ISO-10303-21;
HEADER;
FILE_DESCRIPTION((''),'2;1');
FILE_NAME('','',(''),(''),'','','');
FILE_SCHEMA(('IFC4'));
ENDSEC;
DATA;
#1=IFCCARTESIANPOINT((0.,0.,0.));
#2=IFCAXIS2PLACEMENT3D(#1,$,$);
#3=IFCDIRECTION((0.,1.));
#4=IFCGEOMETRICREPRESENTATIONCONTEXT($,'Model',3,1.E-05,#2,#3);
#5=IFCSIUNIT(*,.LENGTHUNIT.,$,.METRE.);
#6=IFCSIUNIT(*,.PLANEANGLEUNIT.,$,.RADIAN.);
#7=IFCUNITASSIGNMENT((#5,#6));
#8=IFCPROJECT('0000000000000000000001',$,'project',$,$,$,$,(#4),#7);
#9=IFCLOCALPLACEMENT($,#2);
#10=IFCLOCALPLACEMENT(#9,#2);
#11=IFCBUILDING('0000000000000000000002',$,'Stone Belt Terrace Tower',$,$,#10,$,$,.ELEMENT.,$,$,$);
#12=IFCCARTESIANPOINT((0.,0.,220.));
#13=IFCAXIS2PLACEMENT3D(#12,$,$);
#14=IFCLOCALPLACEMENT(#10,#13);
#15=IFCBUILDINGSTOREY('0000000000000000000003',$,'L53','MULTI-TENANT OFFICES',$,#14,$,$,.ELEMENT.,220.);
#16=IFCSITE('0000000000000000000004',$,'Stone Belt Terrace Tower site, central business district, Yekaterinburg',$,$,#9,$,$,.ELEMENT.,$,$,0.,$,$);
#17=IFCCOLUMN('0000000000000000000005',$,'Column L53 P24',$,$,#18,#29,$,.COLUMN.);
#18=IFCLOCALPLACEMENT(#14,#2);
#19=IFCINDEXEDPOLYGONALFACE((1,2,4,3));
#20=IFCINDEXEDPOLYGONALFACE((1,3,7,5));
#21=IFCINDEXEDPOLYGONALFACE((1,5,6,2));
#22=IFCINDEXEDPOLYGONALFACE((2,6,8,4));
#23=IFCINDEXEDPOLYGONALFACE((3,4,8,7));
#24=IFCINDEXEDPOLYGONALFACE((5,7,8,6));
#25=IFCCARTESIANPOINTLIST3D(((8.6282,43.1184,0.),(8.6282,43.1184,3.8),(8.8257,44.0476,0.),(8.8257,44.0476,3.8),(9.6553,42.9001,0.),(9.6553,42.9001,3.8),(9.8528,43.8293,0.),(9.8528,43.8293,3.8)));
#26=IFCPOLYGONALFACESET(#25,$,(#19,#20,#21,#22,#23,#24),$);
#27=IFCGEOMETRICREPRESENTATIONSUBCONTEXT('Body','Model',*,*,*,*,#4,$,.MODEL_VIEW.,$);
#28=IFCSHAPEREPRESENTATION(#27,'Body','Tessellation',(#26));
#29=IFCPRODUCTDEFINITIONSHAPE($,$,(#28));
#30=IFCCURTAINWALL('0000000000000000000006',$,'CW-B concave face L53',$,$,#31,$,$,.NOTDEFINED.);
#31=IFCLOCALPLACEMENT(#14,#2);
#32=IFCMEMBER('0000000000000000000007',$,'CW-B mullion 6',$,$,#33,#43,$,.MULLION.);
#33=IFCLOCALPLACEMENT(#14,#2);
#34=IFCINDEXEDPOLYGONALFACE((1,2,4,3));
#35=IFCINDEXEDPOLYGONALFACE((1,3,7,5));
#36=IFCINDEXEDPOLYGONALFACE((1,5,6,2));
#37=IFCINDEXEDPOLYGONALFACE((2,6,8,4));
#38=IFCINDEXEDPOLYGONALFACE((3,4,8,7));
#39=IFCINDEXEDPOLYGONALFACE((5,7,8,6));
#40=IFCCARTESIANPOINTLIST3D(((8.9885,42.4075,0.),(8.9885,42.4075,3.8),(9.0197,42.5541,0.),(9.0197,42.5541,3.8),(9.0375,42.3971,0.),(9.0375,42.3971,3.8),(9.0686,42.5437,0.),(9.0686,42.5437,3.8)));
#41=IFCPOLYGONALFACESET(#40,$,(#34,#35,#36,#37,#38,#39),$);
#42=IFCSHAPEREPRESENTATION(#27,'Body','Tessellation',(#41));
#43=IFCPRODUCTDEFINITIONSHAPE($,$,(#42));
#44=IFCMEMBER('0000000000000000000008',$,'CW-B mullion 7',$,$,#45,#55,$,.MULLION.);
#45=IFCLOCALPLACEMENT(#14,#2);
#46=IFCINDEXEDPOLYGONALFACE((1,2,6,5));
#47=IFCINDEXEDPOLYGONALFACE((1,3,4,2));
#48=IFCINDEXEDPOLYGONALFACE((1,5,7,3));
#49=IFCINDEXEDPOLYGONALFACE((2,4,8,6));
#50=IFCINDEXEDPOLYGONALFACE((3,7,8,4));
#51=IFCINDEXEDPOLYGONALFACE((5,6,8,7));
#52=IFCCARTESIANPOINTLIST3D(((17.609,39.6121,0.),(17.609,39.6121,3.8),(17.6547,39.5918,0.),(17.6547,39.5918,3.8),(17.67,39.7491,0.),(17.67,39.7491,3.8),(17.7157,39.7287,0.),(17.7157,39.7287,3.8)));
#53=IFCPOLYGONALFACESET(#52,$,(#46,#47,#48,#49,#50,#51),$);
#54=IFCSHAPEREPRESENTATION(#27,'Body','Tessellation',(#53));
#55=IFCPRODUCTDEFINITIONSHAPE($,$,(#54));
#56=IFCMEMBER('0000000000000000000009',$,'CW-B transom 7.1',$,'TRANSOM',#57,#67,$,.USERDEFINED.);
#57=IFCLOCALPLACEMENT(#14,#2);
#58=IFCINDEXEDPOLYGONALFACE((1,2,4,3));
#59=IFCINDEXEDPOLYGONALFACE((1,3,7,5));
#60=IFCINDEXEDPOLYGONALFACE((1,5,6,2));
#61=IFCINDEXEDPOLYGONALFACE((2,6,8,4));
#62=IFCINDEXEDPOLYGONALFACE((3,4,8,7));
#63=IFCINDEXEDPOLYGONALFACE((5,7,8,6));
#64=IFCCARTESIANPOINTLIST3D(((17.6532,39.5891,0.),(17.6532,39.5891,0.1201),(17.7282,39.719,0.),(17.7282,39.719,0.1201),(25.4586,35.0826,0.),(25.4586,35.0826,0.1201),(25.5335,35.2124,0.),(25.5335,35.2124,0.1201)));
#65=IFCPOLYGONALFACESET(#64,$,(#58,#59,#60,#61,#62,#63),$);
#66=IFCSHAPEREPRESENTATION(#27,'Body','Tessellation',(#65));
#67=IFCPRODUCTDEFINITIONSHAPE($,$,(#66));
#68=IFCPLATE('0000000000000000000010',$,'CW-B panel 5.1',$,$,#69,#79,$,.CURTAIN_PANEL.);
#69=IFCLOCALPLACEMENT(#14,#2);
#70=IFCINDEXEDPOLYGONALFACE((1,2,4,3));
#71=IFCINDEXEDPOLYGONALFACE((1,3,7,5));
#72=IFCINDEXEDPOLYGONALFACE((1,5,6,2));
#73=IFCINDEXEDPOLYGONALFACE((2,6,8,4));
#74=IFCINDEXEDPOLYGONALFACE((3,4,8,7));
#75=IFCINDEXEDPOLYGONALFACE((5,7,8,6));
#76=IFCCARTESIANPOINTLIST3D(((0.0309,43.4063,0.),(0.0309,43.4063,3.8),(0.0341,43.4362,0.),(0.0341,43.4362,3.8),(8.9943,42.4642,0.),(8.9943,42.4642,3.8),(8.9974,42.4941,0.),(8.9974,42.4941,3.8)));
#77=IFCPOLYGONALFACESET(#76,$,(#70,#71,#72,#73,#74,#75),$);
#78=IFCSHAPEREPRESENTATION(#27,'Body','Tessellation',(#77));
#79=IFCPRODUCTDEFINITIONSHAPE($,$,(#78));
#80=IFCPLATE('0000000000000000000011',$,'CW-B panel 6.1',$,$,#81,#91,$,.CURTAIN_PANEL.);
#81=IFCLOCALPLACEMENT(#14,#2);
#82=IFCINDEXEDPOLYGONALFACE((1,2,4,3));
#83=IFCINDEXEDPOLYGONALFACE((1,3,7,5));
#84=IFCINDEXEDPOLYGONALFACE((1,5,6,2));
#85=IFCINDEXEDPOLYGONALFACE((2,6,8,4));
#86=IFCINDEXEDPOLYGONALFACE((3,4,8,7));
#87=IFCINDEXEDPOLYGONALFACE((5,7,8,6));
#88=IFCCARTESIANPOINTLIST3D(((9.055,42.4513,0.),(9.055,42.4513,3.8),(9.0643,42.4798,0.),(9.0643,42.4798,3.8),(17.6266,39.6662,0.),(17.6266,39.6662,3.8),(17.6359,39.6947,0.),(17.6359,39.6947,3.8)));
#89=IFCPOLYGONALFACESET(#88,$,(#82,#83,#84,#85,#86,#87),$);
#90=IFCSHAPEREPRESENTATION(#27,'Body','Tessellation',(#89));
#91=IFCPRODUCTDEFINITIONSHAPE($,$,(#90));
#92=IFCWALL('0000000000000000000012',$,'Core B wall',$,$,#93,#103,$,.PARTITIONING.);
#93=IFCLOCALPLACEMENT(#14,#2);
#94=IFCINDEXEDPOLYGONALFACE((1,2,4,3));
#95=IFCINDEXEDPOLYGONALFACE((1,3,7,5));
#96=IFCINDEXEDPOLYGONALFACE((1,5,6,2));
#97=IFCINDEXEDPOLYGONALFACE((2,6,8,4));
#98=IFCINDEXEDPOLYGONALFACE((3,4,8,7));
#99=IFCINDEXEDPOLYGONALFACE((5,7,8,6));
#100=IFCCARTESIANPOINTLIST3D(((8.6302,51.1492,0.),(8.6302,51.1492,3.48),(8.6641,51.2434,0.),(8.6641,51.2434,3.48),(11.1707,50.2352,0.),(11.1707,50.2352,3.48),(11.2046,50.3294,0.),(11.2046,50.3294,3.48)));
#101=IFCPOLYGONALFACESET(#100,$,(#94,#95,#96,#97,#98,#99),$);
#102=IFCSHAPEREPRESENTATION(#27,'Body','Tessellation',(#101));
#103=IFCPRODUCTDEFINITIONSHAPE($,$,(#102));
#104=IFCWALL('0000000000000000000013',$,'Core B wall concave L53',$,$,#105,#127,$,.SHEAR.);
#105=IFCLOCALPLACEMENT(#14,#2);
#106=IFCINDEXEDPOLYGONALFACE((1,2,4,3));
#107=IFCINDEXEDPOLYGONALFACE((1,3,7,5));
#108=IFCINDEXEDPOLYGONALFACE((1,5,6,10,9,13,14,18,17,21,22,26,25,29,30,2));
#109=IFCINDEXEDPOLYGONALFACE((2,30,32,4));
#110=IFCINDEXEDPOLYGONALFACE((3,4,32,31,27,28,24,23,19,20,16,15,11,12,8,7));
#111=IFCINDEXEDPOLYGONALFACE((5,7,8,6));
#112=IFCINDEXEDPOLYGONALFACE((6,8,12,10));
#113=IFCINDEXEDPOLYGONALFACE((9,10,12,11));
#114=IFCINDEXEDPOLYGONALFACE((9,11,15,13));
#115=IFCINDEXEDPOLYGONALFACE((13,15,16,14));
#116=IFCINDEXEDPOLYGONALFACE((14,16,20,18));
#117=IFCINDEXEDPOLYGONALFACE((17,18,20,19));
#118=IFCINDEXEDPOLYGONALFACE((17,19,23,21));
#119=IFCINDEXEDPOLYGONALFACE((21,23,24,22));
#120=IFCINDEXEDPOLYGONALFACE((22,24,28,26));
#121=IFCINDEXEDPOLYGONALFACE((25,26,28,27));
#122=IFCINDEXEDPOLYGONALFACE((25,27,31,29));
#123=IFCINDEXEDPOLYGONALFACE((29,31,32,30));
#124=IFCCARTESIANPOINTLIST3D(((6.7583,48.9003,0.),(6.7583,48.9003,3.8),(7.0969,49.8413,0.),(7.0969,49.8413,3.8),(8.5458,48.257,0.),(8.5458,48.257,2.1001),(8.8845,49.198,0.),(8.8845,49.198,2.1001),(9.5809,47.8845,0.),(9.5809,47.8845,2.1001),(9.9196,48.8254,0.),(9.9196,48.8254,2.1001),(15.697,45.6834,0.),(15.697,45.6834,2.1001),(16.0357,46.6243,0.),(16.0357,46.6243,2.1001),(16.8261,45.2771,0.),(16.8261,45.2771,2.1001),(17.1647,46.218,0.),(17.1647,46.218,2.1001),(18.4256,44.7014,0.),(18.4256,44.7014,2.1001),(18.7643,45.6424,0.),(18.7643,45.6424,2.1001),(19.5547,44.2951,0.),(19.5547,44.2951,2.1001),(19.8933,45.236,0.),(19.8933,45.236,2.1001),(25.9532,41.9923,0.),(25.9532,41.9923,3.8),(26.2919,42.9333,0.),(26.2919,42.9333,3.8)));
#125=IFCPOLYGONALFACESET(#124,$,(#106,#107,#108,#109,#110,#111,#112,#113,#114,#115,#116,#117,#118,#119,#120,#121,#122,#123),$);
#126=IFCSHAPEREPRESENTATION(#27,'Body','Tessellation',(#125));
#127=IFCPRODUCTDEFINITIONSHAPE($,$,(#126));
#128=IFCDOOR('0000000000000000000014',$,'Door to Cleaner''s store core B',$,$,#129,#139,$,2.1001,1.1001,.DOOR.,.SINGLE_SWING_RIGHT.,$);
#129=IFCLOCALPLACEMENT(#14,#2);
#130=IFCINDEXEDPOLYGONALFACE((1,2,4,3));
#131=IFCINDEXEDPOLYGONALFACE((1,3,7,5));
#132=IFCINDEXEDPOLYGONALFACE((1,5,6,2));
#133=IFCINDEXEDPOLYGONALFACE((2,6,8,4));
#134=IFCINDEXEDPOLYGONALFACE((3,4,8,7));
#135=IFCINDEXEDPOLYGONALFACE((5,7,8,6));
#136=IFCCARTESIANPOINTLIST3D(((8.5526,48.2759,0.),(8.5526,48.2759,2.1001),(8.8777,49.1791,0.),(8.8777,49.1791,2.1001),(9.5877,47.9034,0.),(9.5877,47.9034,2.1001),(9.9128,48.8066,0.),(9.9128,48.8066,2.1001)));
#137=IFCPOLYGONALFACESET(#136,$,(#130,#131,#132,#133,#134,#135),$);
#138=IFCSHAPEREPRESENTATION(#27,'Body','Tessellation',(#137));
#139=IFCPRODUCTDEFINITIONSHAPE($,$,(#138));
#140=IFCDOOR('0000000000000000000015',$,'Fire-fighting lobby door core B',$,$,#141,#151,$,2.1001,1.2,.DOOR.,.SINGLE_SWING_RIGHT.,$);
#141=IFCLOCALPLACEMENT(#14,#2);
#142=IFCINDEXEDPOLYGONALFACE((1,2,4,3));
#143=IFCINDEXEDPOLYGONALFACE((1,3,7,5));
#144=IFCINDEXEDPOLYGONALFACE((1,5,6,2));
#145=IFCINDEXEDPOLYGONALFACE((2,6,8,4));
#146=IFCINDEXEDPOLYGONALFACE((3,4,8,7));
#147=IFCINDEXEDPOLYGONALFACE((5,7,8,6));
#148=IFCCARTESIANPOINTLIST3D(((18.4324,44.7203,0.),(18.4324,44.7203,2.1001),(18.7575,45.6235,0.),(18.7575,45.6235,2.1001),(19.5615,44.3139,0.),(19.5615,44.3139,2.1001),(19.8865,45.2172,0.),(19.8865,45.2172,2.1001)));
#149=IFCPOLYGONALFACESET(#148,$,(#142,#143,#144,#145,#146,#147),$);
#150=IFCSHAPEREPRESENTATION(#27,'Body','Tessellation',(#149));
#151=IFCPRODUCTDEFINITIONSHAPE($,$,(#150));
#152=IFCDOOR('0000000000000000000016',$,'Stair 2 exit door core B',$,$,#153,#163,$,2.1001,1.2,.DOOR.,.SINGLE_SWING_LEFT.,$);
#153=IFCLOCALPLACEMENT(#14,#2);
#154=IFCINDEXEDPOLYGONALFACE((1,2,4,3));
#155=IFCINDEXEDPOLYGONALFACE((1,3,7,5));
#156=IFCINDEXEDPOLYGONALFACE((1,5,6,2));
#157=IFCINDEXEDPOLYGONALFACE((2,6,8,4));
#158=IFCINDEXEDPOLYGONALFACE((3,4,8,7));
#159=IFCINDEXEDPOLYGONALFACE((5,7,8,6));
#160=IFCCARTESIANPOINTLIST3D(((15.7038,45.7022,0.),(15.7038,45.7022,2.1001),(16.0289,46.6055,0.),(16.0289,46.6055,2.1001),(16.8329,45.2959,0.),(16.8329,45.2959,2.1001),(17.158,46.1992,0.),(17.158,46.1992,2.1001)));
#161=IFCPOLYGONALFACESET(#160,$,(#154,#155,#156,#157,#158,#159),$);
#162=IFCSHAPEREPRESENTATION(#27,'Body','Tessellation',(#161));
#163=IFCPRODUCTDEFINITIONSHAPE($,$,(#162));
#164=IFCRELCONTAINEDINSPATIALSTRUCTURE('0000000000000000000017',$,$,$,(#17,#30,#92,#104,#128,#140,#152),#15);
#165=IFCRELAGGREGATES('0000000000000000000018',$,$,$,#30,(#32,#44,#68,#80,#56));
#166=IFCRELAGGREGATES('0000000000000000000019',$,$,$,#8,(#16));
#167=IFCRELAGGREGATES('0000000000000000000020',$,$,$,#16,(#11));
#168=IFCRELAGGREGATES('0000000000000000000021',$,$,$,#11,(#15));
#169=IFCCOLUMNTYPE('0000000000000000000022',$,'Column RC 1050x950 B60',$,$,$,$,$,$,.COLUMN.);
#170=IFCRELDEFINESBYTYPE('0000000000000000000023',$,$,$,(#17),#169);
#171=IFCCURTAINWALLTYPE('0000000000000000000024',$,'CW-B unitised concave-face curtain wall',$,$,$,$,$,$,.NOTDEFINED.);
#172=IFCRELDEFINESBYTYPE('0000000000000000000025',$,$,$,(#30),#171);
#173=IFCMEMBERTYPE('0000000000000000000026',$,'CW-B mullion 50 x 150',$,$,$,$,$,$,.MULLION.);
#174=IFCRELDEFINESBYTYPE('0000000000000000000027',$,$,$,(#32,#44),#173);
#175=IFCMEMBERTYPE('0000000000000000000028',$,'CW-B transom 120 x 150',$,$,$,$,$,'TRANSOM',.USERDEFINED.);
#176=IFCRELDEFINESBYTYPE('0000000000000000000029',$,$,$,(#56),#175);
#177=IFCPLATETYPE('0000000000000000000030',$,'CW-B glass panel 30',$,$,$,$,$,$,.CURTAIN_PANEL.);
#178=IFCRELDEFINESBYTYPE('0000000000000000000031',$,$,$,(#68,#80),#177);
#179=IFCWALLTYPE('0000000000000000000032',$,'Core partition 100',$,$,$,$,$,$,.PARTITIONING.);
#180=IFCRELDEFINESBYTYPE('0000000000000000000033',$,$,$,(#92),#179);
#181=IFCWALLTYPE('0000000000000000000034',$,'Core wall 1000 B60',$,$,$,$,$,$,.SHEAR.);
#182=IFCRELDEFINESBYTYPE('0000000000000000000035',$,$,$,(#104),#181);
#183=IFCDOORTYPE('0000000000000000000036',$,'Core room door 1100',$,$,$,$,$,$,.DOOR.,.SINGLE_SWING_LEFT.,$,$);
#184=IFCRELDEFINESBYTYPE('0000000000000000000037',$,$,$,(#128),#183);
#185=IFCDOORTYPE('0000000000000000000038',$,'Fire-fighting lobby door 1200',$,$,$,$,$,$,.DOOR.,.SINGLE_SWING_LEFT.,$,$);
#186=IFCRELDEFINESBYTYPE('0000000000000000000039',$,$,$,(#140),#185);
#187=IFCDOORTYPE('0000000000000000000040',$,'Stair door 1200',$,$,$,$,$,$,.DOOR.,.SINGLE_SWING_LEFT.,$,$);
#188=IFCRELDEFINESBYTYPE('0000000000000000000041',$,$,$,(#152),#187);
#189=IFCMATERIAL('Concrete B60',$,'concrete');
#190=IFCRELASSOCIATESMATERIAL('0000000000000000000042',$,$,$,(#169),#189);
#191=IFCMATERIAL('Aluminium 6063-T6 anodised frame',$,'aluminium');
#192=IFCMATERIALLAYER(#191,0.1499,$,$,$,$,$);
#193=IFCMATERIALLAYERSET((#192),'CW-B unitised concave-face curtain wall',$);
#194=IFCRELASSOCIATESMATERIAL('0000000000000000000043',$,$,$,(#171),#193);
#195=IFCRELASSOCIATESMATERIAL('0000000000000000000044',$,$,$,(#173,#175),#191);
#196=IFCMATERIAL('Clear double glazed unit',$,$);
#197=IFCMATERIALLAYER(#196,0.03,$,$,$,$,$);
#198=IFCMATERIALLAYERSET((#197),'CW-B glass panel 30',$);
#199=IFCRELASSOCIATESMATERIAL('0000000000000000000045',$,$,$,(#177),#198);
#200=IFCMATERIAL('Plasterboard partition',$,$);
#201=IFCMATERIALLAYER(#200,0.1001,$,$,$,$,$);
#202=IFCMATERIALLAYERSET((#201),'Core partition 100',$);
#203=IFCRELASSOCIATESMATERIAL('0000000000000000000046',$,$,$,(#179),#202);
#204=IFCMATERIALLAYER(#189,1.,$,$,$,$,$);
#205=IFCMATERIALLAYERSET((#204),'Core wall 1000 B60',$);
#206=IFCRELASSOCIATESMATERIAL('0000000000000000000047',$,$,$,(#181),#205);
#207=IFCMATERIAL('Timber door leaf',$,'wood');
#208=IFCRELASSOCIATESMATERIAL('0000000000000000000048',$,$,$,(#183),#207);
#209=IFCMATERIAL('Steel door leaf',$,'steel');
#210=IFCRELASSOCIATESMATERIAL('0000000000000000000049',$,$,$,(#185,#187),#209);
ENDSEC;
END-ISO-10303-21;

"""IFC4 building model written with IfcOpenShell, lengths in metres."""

from ifc_helpers import new_model, si_unit, direction, frame, frame_2d, origin, origin_2d, place, context, subcontext, project, spatial, rectangle, extrude, material, layer, layer_set, material_profile, profile_set, type_object, element, fill, aggregate, save


model = new_model("IFC4")

# Units and contexts
model_context = context("Model", 3, precision=1e-05, world=origin(), true_north=direction((0.0, 1.0)))
body_context = subcontext(model_context, "Body", "Model", "MODEL_VIEW")
ifc_project = project(units=[si_unit("LENGTHUNIT", "METRE"), si_unit("PLANEANGLEUNIT", "RADIAN")], contexts=[model_context])

# Site, building, storey
site_placement = place(None, origin())
site = spatial("IfcSite", under=ifc_project, at=site_placement, Name="Stone Belt Terrace Tower site, central business district, Yekaterinburg", CompositionType="ELEMENT", RefElevation=0.0)
building_placement = place(site_placement, origin())
building = spatial("IfcBuilding", under=site, at=building_placement, Name="Stone Belt Terrace Tower", CompositionType="ELEMENT")
storey_placement = place(building_placement, frame((0.0, 0.0, 220.0)))
storey = spatial("IfcBuildingStorey", under=building, at=storey_placement, Name="L53", Description="MULTI-TENANT OFFICES", CompositionType="ELEMENT", Elevation=220.0)

# Column
ifc_material_1 = material(Name="Concrete B60", Category="concrete")
ifc_material_profile_1 = material_profile(ifc_material_1, rectangle(XDim=1.05, YDim=0.95, at=origin_2d()), Name="RC 1050x950")
ifc_profile_set_1 = profile_set([ifc_material_profile_1], Name="Concrete B60")
column_type = type_object("IfcColumnType", Name="Column RC 1050x950 B60", PredefinedType="COLUMN", material=ifc_profile_set_1)
column_placement = place(storey_placement, frame((9.2405, 43.4739, 0.0), z_axis=(0.0, 0.0, 1.0), x_axis=(0.978148, -0.207912, 0.0)))
element("IfcColumn", 1, at=column_placement, inside=storey, type_object=column_type, Name="Column L53 P24", PredefinedType="COLUMN", context=body_context, shape_type="SweptSolid", body=[
    extrude(rectangle(XDim=1.05, YDim=0.95, at=origin_2d()), origin(), (0.0, 0.0, 1.0), 3.8),
])

# Curtain wall, members, plates
ifc_material_2 = material(Name="Aluminium 6063-T6 anodised frame", Category="aluminium")
ifc_layer_1 = layer(ifc_material_2, 0.1499)
ifc_layer_set_1 = layer_set([ifc_layer_1], Name="CW-B unitised concave-face curtain wall")
curtain_wall_type = type_object("IfcCurtainWallType", Name="CW-B unitised concave-face curtain wall", PredefinedType="NOTDEFINED", material=ifc_layer_set_1)
curtain_wall_placement = place(storey_placement, origin())
curtain_wall = element("IfcCurtainWall", 2, at=curtain_wall_placement, inside=storey, type_object=curtain_wall_type, Name="CW-B concave face L53", PredefinedType="NOTDEFINED")
ifc_material_profile_2 = material_profile(ifc_material_2, rectangle(XDim=0.1499, YDim=0.05, at=origin_2d()), Name="Aluminium 6063-T6 50x150")
ifc_profile_set_2 = profile_set([ifc_material_profile_2], Name="Aluminium 6063-T6 anodised frame")
member_type_1 = type_object("IfcMemberType", Name="CW-B mullion 50 x 150", PredefinedType="MULLION", material=ifc_profile_set_2)
member_1_placement = place(storey_placement, frame((9.0286, 42.4756, 0.0), z_axis=(0.0, 0.0, 1.0), x_axis=(0.207912, 0.978148, 0.0)))
member_1 = element("IfcMember", 3, at=member_1_placement, type_object=member_type_1, Name="CW-B mullion 6", PredefinedType="MULLION", context=body_context, shape_type="SweptSolid", body=[
    extrude(rectangle(XDim=0.1499, YDim=0.05, at=origin_2d()), origin(), (0.0, 0.0, 1.0), 3.8),
])
member_2_placement = place(storey_placement, frame((17.6624, 39.6704, 0.0), z_axis=(0.0, 0.0, 1.0), x_axis=(0.406737, 0.913545, 0.0)))
member_2 = element("IfcMember", 4, at=member_2_placement, type_object=member_type_1, Name="CW-B mullion 7", PredefinedType="MULLION", context=body_context, shape_type="SweptSolid", body=[
    extrude(rectangle(XDim=0.1499, YDim=0.05, at=origin_2d()), origin(), (0.0, 0.0, 1.0), 3.8),
])
ifc_material_profile_3 = material_profile(ifc_material_2, rectangle(XDim=0.1499, YDim=0.1201, at=origin_2d()), Name="Aluminium 6063-T6 150x120")
ifc_profile_set_3 = profile_set([ifc_material_profile_3], Name="Aluminium 6063-T6 anodised frame")
member_type_2 = type_object("IfcMemberType", Name="CW-B transom 120 x 150", ElementType="TRANSOM", PredefinedType="USERDEFINED", material=ifc_profile_set_3)
member_3_placement = place(storey_placement, frame((17.6907, 39.6541, 0.0601), z_axis=(0.866019, -0.500011, 0.0), x_axis=(0.500011, 0.866019, 0.0)))
member_3 = element("IfcMember", 5, at=member_3_placement, type_object=member_type_2, Name="CW-B transom 7.1", ObjectType="TRANSOM", PredefinedType="USERDEFINED", context=body_context, shape_type="SweptSolid", body=[
    extrude(rectangle(XDim=0.1499, YDim=0.1201, at=origin_2d()), origin(), (0.0, 0.0, 1.0), 9.0129),
])
ifc_material_3 = material(Name="Clear double glazed unit")
ifc_layer_2 = layer(ifc_material_3, 0.03)
ifc_layer_set_2 = layer_set([ifc_layer_2], Name="CW-B glass panel 30")
plate_type = type_object("IfcPlateType", Name="CW-B glass panel 30", PredefinedType="CURTAIN_PANEL", material=ifc_layer_set_2)
plate_1_placement = place(storey_placement, frame((4.5142, 42.9502, 0.0), z_axis=(0.0, 0.0, 1.0), x_axis=(0.994522, -0.104528, 0.0)))
plate_1 = element("IfcPlate", 6, at=plate_1_placement, type_object=plate_type, Name="CW-B panel 5.1", PredefinedType="CURTAIN_PANEL", context=body_context, shape_type="SweptSolid", body=[
    extrude(rectangle(XDim=9.0127, YDim=0.03, at=origin_2d()), origin(), (0.0, 0.0, 1.0), 3.8),
])
plate_2_placement = place(storey_placement, frame((13.3455, 41.073, 0.0), z_axis=(0.0, 0.0, 1.0), x_axis=(0.951057, -0.309017, 0.0)))
plate_2 = element("IfcPlate", 7, at=plate_2_placement, type_object=plate_type, Name="CW-B panel 6.1", PredefinedType="CURTAIN_PANEL", context=body_context, shape_type="SweptSolid", body=[
    extrude(rectangle(XDim=9.0127, YDim=0.03, at=origin_2d()), origin(), (0.0, 0.0, 1.0), 3.8),
])
aggregate(curtain_wall, [member_1, member_2, plate_1, plate_2, member_3])

# Wall
ifc_material_4 = material(Name="Plasterboard partition")
ifc_layer_3 = layer(ifc_material_4, 0.1001)
ifc_layer_set_3 = layer_set([ifc_layer_3], Name="Core partition 100")
wall_type_1 = type_object("IfcWallType", Name="Core partition 100", PredefinedType="PARTITIONING", material=ifc_layer_set_3)
wall_1_placement = place(storey_placement, frame((11.1877, 50.2822, 0.0), z_axis=(0.0, 0.0, 1.0), x_axis=(-0.94095, 0.338547, 0.0)))
element("IfcWall", 8, at=wall_1_placement, inside=storey, type_object=wall_type_1, Name="Core B wall", PredefinedType="PARTITIONING", context=body_context, shape_type="SweptSolid", body=[
    extrude(rectangle(XDim=2.7, YDim=0.1001, at=frame_2d((1.3501, 0.0))), origin(), (0.0, 0.0, 1.0), 3.48),
])

# Wall, openings, doors
ifc_layer_4 = layer(ifc_material_1, 1.0)
ifc_layer_set_4 = layer_set([ifc_layer_4], Name="Core wall 1000 B60")
wall_type_2 = type_object("IfcWallType", Name="Core wall 1000 B60", PredefinedType="SHEAR", material=ifc_layer_set_4)
wall_2_placement = place(storey_placement, frame((6.9275, 49.3708, 0.0), z_axis=(0.0, 0.0, 1.0), x_axis=(0.940921, -0.338625, 0.0)))
wall_2 = element("IfcWall", 9, at=wall_2_placement, inside=storey, type_object=wall_type_2, Name="Core B wall concave L53", PredefinedType="SHEAR", context=body_context, shape_type="SweptSolid", body=[
    extrude(rectangle(XDim=20.4001, YDim=1.0, at=frame_2d((10.2002, 0.0))), origin(), (0.0, 0.0, 1.0), 3.8),
])
opening_1_placement = place(wall_2_placement, frame((12.3999, 0.0, 0.0)))
opening_1 = element("IfcOpeningElement", 10, at=opening_1_placement, cuts=wall_2, PredefinedType="OPENING", context=body_context, shape_type="SweptSolid", body=[
    extrude(rectangle(XDim=1.2, YDim=2.1001, at=frame_2d((0.6001, 1.05))), frame((0.0, 0.51, 0.0), z_axis=(0.0, -1.0, 0.0), x_axis=(1.0, 0.0, 0.0)), (0.0, 0.0, 1.0), 1.02),
])
opening_2_placement = place(wall_2_placement, frame((9.5, 0.0, 0.0)))
opening_2 = element("IfcOpeningElement", 11, at=opening_2_placement, cuts=wall_2, PredefinedType="OPENING", context=body_context, shape_type="SweptSolid", body=[
    extrude(rectangle(XDim=1.2, YDim=2.1001, at=frame_2d((0.6001, 1.05))), frame((0.0, 0.51, 0.0), z_axis=(0.0, -1.0, 0.0), x_axis=(1.0, 0.0, 0.0)), (0.0, 0.0, 1.0), 1.02),
])
opening_3_placement = place(wall_2_placement, frame((1.8999, 0.0, 0.0)))
opening_3 = element("IfcOpeningElement", 12, at=opening_3_placement, cuts=wall_2, PredefinedType="OPENING", context=body_context, shape_type="SweptSolid", body=[
    extrude(rectangle(XDim=1.1001, YDim=2.1001, at=frame_2d((0.55, 1.05))), frame((0.0, 0.51, 0.0), z_axis=(0.0, -1.0, 0.0), x_axis=(1.0, 0.0, 0.0)), (0.0, 0.0, 1.0), 1.02),
])
ifc_material_5 = material(Name="Timber door leaf", Category="wood")
door_type_1 = type_object("IfcDoorType", Name="Core room door 1100", OperationType="SINGLE_SWING_LEFT", PredefinedType="DOOR", material=ifc_material_5)
door_1_placement = place(opening_3_placement, origin())
door_1 = element("IfcDoor", 13, at=door_1_placement, inside=storey, type_object=door_type_1, Name="Door to Cleaner's store core B", OperationType="SINGLE_SWING_RIGHT", OverallHeight=2.1001, OverallWidth=1.1001, PredefinedType="DOOR", context=body_context, shape_type="SweptSolid", body=[
    extrude(rectangle(XDim=1.1001, YDim=2.1001, at=frame_2d((0.55, 1.05))), frame((0.0, 0.48, 0.0), z_axis=(0.0, -1.0, 0.0), x_axis=(1.0, 0.0, 0.0)), (0.0, 0.0, 1.0), 0.96),
])
fill(opening_3, door_1)
ifc_material_6 = material(Name="Steel door leaf", Category="steel")
door_type_2 = type_object("IfcDoorType", Name="Fire-fighting lobby door 1200", OperationType="SINGLE_SWING_LEFT", PredefinedType="DOOR", material=ifc_material_6)
door_2_placement = place(opening_1_placement, origin())
door_2 = element("IfcDoor", 14, at=door_2_placement, inside=storey, type_object=door_type_2, Name="Fire-fighting lobby door core B", OperationType="SINGLE_SWING_RIGHT", OverallHeight=2.1001, OverallWidth=1.2, PredefinedType="DOOR", context=body_context, shape_type="SweptSolid", body=[
    extrude(rectangle(XDim=1.2, YDim=2.1001, at=frame_2d((0.6001, 1.05))), frame((0.0, 0.48, 0.0), z_axis=(0.0, -1.0, 0.0), x_axis=(1.0, 0.0, 0.0)), (0.0, 0.0, 1.0), 0.96),
])
fill(opening_1, door_2)
door_type_3 = type_object("IfcDoorType", Name="Stair door 1200", OperationType="SINGLE_SWING_LEFT", PredefinedType="DOOR", material=ifc_material_6)
door_3_placement = place(opening_2_placement, origin())
door_3 = element("IfcDoor", 15, at=door_3_placement, inside=storey, type_object=door_type_3, Name="Stair 2 exit door core B", OperationType="SINGLE_SWING_LEFT", OverallHeight=2.1001, OverallWidth=1.2, PredefinedType="DOOR", context=body_context, shape_type="SweptSolid", body=[
    extrude(rectangle(XDim=1.2, YDim=2.1001, at=frame_2d((0.6001, 1.05))), frame((0.0, 0.48, 0.0), z_axis=(0.0, -1.0, 0.0), x_axis=(1.0, 0.0, 0.0)), (0.0, 0.0, 1.0), 0.96),
])
fill(opening_2, door_3)

save(model, "model.ifc")
